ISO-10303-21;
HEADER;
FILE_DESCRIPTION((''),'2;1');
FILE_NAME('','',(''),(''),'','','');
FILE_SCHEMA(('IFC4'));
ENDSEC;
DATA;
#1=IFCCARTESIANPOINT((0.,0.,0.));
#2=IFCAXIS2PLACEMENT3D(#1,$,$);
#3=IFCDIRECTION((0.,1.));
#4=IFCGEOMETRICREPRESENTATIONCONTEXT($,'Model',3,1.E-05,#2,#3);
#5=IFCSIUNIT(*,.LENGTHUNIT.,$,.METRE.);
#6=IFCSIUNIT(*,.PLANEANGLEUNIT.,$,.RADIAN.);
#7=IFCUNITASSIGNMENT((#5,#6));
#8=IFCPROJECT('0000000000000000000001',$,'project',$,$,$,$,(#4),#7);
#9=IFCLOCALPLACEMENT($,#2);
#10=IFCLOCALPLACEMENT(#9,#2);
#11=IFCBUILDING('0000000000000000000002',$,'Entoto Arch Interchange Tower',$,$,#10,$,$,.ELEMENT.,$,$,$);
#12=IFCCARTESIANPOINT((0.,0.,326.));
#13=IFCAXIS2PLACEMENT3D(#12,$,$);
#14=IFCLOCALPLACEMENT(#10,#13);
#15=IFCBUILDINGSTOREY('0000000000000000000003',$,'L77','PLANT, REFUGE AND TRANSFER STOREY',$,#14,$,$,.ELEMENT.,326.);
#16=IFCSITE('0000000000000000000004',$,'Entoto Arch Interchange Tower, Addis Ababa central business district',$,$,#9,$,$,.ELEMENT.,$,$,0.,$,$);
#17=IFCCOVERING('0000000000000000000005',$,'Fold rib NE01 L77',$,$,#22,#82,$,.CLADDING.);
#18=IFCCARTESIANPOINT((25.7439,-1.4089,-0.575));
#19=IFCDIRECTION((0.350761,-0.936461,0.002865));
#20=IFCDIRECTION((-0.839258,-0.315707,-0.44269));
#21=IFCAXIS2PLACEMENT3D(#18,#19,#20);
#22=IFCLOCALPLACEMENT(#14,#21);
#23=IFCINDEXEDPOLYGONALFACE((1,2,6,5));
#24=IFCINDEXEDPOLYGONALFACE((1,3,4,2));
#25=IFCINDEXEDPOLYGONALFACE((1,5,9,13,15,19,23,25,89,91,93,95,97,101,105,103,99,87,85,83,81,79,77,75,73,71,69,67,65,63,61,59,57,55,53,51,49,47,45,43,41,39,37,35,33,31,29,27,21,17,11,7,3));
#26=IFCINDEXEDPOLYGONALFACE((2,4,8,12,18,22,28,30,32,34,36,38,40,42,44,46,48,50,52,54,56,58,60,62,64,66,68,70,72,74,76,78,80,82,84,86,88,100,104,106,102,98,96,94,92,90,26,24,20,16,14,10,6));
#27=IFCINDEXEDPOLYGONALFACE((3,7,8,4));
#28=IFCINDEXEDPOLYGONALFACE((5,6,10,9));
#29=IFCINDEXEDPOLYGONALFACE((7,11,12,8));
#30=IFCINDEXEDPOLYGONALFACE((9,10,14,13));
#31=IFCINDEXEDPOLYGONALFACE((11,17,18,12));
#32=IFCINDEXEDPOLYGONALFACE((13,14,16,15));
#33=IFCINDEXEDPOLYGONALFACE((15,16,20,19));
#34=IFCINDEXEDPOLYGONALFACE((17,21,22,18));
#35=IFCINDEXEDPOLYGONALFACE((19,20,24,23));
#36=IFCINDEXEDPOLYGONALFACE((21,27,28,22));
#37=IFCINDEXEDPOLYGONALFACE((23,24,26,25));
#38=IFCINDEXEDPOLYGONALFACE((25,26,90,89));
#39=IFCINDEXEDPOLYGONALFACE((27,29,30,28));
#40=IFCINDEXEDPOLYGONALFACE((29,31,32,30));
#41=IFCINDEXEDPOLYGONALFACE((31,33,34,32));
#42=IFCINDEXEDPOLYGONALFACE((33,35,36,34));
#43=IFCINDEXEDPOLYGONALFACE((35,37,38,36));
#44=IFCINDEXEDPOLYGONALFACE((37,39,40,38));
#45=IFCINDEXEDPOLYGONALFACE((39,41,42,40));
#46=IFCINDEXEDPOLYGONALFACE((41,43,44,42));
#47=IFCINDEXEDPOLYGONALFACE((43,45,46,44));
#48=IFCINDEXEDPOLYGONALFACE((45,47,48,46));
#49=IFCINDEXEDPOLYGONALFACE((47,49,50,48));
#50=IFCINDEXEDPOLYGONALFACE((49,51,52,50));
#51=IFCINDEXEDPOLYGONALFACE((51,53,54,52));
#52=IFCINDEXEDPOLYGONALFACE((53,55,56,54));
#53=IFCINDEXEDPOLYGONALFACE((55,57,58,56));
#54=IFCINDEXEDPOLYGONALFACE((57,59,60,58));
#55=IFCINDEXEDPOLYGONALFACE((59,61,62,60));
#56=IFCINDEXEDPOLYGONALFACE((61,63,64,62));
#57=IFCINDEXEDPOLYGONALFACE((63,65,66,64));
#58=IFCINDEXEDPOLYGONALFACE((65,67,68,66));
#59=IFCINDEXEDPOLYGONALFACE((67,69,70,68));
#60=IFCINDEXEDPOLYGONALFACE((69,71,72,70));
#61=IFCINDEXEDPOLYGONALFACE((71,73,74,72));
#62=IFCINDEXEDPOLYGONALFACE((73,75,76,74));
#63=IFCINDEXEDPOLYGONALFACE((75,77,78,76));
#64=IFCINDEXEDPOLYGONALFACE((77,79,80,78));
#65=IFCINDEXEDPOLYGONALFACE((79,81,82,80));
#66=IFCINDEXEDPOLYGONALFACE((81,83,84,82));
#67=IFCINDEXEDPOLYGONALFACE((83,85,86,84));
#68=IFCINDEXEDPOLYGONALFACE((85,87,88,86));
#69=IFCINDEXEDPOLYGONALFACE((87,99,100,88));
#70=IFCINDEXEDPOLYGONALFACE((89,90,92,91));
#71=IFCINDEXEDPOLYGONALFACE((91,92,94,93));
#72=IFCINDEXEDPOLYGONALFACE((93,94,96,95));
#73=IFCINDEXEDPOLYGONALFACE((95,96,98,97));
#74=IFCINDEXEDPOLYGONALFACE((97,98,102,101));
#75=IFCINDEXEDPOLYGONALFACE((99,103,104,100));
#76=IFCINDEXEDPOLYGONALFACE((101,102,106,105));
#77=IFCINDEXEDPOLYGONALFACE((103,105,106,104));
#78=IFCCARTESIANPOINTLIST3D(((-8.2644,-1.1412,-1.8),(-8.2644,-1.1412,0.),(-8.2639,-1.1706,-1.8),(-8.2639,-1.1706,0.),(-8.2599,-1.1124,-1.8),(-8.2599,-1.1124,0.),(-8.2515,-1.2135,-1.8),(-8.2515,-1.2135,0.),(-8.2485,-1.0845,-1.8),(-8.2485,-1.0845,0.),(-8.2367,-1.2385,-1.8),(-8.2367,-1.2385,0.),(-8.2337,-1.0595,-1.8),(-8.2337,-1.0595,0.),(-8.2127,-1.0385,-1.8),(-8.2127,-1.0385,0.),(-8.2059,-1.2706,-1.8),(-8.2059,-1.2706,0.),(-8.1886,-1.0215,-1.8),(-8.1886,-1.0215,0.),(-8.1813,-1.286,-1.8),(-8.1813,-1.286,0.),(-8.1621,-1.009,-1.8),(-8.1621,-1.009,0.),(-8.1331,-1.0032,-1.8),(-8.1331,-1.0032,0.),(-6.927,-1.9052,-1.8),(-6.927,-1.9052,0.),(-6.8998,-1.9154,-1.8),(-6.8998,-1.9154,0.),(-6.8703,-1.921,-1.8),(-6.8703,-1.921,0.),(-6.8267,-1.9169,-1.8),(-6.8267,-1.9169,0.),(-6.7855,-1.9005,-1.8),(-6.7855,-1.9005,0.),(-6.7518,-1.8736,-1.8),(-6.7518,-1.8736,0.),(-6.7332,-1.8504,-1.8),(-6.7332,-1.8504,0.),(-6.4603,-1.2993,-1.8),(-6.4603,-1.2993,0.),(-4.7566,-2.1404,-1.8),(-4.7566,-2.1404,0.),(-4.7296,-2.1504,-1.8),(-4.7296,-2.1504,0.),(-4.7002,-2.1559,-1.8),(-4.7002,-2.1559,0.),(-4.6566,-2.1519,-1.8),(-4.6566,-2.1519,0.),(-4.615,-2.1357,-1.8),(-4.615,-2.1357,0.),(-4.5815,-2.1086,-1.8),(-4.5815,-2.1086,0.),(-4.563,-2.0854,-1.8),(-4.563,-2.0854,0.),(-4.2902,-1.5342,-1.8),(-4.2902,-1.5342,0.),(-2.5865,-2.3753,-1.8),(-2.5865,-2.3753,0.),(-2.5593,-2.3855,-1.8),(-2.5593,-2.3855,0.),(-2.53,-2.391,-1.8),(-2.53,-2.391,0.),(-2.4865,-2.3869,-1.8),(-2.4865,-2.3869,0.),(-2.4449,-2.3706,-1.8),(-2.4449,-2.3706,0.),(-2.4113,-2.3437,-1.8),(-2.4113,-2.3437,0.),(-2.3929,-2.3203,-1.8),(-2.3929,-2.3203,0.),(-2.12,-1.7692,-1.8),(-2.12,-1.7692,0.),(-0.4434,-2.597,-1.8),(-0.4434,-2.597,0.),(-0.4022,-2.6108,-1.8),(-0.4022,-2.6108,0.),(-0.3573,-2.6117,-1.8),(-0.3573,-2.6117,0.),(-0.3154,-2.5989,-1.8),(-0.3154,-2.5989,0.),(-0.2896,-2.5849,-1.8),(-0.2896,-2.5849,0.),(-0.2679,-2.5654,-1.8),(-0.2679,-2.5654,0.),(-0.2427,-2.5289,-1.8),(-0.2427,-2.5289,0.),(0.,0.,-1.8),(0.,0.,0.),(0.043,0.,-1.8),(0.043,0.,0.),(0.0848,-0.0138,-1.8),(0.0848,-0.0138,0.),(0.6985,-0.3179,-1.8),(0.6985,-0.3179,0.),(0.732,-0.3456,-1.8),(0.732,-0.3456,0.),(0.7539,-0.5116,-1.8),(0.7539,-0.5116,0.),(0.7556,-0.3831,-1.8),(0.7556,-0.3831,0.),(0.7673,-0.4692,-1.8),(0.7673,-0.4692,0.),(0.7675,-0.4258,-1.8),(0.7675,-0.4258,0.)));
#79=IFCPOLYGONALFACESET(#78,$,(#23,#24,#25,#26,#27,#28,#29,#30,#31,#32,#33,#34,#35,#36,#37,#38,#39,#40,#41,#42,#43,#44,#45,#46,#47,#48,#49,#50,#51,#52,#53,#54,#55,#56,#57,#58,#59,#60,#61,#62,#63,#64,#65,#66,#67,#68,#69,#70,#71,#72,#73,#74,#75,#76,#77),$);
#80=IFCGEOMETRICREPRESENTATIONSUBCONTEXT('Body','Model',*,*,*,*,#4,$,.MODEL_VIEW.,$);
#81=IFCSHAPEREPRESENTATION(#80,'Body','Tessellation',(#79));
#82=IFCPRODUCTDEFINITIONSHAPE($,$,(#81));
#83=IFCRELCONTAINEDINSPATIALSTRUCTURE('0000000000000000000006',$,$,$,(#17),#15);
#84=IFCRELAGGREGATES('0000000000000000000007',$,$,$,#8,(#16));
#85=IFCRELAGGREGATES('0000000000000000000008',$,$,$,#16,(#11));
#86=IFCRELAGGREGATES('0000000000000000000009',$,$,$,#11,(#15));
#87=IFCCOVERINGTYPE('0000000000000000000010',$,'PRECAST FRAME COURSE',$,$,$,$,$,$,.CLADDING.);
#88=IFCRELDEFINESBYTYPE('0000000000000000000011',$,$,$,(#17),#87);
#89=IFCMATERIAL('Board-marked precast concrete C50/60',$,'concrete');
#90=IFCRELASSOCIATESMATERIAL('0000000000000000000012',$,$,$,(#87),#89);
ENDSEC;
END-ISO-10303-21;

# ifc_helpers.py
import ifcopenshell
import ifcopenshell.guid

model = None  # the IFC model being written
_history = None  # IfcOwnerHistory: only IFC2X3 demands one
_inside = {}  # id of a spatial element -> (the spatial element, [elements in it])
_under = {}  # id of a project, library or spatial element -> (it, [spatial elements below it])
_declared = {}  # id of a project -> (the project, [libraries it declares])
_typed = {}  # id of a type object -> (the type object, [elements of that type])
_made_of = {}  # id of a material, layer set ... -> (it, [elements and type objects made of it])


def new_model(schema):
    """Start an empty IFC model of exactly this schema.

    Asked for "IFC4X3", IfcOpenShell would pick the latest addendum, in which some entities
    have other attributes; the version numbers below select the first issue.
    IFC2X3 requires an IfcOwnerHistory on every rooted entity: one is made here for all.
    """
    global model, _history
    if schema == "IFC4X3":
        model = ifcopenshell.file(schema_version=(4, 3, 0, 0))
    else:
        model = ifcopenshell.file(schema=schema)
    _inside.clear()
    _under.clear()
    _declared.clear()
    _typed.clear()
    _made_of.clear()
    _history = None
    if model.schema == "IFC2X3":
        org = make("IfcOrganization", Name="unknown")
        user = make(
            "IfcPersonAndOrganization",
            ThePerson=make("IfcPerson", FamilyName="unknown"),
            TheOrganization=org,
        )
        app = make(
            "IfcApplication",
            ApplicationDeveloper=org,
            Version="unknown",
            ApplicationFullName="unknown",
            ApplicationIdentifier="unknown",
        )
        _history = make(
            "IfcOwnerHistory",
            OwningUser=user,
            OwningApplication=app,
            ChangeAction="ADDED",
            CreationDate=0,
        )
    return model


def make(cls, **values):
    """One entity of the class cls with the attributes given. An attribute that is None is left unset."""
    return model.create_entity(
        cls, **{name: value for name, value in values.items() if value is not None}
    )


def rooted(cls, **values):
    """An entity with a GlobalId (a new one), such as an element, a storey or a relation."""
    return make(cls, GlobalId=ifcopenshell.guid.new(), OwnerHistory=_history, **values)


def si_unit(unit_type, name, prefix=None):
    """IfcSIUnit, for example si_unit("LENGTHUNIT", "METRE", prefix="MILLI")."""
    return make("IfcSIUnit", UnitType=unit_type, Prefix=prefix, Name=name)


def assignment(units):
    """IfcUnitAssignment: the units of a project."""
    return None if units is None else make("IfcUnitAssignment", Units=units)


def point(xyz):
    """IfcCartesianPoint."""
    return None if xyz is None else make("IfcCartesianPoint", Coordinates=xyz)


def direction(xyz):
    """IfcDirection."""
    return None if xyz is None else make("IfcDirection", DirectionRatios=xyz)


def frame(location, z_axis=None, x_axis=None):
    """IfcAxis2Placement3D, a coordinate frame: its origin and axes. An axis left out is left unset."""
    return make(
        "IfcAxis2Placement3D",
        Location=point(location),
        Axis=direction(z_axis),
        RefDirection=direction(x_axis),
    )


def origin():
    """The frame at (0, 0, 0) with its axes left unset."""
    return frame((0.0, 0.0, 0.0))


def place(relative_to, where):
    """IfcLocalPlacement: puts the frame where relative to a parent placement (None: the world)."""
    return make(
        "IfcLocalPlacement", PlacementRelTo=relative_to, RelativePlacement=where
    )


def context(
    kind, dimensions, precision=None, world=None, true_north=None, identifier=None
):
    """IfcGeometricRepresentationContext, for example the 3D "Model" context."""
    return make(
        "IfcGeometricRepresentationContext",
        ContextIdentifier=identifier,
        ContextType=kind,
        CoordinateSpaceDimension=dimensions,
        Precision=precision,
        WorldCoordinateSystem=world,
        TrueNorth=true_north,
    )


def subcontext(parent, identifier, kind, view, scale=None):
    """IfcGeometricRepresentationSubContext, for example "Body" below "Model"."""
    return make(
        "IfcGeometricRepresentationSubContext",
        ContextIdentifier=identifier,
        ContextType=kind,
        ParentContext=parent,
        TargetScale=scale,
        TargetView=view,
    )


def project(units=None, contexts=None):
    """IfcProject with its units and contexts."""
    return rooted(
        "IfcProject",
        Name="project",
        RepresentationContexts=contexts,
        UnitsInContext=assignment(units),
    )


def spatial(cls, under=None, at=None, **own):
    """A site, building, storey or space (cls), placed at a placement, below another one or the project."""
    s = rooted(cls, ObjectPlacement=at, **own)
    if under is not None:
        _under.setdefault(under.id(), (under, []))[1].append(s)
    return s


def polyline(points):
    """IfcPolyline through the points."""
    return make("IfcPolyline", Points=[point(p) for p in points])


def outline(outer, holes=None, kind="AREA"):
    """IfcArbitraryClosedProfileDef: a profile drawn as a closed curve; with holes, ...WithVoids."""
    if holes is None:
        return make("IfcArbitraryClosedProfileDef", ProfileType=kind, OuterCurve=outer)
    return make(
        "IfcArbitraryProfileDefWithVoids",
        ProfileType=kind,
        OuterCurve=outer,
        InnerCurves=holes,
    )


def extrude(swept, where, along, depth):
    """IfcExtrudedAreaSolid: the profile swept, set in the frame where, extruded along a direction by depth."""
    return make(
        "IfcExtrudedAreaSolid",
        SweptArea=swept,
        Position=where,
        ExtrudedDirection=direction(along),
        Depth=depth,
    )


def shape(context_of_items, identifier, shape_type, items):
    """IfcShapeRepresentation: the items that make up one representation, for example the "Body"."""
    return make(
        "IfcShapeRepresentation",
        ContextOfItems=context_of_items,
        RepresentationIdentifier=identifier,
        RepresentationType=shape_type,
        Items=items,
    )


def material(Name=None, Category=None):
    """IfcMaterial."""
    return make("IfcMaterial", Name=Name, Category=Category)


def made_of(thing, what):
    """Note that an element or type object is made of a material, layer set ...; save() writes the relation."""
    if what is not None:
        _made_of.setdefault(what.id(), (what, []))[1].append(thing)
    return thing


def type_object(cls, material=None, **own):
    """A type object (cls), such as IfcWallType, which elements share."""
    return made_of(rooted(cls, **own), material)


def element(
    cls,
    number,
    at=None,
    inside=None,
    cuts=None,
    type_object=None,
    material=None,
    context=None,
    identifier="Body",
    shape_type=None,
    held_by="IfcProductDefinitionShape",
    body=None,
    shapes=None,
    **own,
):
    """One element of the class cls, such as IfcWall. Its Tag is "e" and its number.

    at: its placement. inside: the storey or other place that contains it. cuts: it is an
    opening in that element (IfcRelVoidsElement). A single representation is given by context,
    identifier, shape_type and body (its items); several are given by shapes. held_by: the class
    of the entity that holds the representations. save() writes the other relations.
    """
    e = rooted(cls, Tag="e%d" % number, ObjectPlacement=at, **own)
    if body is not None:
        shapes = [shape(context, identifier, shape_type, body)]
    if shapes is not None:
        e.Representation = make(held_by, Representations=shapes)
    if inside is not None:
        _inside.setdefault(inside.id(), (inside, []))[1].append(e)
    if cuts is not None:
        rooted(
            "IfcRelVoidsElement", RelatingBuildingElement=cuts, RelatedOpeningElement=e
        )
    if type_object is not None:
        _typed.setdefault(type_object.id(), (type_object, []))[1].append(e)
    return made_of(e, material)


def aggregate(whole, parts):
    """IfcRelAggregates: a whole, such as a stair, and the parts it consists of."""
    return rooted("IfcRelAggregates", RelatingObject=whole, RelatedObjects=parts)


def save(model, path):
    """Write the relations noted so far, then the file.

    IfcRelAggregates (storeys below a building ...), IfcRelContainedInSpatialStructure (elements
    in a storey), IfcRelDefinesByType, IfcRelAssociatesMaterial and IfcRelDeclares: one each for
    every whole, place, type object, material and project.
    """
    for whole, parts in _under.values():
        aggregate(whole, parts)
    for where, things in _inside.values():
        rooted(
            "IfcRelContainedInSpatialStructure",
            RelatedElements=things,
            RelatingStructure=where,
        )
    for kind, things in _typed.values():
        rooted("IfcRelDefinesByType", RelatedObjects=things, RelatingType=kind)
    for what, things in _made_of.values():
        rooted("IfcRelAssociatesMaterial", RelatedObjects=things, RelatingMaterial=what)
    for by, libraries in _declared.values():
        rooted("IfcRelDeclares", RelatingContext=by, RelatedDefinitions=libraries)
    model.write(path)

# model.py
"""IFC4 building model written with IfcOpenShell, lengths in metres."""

from ifc_helpers import new_model, si_unit, direction, frame, origin, place, context, subcontext, project, spatial, polyline, outline, extrude, material, type_object, element, save


model = new_model("IFC4")

# Units and contexts
model_context = context("Model", 3, precision=1e-05, world=origin(), true_north=direction((0.0, 1.0)))
body_context = subcontext(model_context, "Body", "Model", "MODEL_VIEW")
ifc_project = project(units=[si_unit("LENGTHUNIT", "METRE"), si_unit("PLANEANGLEUNIT", "RADIAN")], contexts=[model_context])

# Site, building, storey
site_placement = place(None, origin())
site = spatial("IfcSite", under=ifc_project, at=site_placement, Name="Entoto Arch Interchange Tower, Addis Ababa central business district", CompositionType="ELEMENT", RefElevation=0.0)
building_placement = place(site_placement, origin())
building = spatial("IfcBuilding", under=site, at=building_placement, Name="Entoto Arch Interchange Tower", CompositionType="ELEMENT")
storey_placement = place(building_placement, frame((0.0, 0.0, 326.0)))
storey = spatial("IfcBuildingStorey", under=building, at=storey_placement, Name="L77", Description="PLANT, REFUGE AND TRANSFER STOREY", CompositionType="ELEMENT", Elevation=326.0)

# Shared definitions
ifc_material_1 = material(Name="Board-marked precast concrete C50/60", Category="concrete")

# Covering
covering_type = type_object("IfcCoveringType", Name="PRECAST FRAME COURSE", PredefinedType="CLADDING", material=ifc_material_1)
covering_placement = place(storey_placement, frame((25.7439, -1.4089, -0.575), z_axis=(0.350761, -0.936461, 0.002865), x_axis=(-0.839258, -0.315707, -0.44269)))
element("IfcCovering", 1, at=covering_placement, inside=storey, type_object=covering_type, Name="Fold rib NE01 L77", PredefinedType="CLADDING", context=body_context, shape_type="SweptSolid", body=[
    extrude(outline(polyline([(0.0, 0.0), (0.043, 0.0), (0.0848, -0.0138), (0.6985, -0.3179), (0.732, -0.3456), (0.7556, -0.3831), (0.7675, -0.4258), (0.7673, -0.4692), (0.7539, -0.5116), (-0.2427, -2.5289), (-0.2679, -2.5654), (-0.2896, -2.5849), (-0.3154, -2.5989), (-0.3573, -2.6117), (-0.4022, -2.6108), (-0.4434, -2.597), (-2.12, -1.7692), (-2.3929, -2.3203), (-2.4113, -2.3437), (-2.4449, -2.3706), (-2.4865, -2.3869), (-2.53, -2.391), (-2.5593, -2.3855), (-2.5865, -2.3753), (-4.2902, -1.5342), (-4.563, -2.0854), (-4.5815, -2.1086), (-4.615, -2.1357), (-4.6566, -2.1519), (-4.7002, -2.1559), (-4.7296, -2.1504), (-4.7566, -2.1404), (-6.4603, -1.2993), (-6.7332, -1.8504), (-6.7518, -1.8736), (-6.7855, -1.9005), (-6.8267, -1.9169), (-6.8703, -1.921), (-6.8998, -1.9154), (-6.927, -1.9052), (-8.1813, -1.286), (-8.2059, -1.2706), (-8.2367, -1.2385), (-8.2515, -1.2135), (-8.2639, -1.1706), (-8.2644, -1.1412), (-8.2599, -1.1124), (-8.2485, -1.0845), (-8.2337, -1.0595), (-8.2127, -1.0385), (-8.1886, -1.0215), (-8.1621, -1.009), (-8.1331, -1.0032), (0.0, 0.0)])), origin(), (0.0, 0.0, -1.0), 1.8),
])

save(model, "model.ifc")
